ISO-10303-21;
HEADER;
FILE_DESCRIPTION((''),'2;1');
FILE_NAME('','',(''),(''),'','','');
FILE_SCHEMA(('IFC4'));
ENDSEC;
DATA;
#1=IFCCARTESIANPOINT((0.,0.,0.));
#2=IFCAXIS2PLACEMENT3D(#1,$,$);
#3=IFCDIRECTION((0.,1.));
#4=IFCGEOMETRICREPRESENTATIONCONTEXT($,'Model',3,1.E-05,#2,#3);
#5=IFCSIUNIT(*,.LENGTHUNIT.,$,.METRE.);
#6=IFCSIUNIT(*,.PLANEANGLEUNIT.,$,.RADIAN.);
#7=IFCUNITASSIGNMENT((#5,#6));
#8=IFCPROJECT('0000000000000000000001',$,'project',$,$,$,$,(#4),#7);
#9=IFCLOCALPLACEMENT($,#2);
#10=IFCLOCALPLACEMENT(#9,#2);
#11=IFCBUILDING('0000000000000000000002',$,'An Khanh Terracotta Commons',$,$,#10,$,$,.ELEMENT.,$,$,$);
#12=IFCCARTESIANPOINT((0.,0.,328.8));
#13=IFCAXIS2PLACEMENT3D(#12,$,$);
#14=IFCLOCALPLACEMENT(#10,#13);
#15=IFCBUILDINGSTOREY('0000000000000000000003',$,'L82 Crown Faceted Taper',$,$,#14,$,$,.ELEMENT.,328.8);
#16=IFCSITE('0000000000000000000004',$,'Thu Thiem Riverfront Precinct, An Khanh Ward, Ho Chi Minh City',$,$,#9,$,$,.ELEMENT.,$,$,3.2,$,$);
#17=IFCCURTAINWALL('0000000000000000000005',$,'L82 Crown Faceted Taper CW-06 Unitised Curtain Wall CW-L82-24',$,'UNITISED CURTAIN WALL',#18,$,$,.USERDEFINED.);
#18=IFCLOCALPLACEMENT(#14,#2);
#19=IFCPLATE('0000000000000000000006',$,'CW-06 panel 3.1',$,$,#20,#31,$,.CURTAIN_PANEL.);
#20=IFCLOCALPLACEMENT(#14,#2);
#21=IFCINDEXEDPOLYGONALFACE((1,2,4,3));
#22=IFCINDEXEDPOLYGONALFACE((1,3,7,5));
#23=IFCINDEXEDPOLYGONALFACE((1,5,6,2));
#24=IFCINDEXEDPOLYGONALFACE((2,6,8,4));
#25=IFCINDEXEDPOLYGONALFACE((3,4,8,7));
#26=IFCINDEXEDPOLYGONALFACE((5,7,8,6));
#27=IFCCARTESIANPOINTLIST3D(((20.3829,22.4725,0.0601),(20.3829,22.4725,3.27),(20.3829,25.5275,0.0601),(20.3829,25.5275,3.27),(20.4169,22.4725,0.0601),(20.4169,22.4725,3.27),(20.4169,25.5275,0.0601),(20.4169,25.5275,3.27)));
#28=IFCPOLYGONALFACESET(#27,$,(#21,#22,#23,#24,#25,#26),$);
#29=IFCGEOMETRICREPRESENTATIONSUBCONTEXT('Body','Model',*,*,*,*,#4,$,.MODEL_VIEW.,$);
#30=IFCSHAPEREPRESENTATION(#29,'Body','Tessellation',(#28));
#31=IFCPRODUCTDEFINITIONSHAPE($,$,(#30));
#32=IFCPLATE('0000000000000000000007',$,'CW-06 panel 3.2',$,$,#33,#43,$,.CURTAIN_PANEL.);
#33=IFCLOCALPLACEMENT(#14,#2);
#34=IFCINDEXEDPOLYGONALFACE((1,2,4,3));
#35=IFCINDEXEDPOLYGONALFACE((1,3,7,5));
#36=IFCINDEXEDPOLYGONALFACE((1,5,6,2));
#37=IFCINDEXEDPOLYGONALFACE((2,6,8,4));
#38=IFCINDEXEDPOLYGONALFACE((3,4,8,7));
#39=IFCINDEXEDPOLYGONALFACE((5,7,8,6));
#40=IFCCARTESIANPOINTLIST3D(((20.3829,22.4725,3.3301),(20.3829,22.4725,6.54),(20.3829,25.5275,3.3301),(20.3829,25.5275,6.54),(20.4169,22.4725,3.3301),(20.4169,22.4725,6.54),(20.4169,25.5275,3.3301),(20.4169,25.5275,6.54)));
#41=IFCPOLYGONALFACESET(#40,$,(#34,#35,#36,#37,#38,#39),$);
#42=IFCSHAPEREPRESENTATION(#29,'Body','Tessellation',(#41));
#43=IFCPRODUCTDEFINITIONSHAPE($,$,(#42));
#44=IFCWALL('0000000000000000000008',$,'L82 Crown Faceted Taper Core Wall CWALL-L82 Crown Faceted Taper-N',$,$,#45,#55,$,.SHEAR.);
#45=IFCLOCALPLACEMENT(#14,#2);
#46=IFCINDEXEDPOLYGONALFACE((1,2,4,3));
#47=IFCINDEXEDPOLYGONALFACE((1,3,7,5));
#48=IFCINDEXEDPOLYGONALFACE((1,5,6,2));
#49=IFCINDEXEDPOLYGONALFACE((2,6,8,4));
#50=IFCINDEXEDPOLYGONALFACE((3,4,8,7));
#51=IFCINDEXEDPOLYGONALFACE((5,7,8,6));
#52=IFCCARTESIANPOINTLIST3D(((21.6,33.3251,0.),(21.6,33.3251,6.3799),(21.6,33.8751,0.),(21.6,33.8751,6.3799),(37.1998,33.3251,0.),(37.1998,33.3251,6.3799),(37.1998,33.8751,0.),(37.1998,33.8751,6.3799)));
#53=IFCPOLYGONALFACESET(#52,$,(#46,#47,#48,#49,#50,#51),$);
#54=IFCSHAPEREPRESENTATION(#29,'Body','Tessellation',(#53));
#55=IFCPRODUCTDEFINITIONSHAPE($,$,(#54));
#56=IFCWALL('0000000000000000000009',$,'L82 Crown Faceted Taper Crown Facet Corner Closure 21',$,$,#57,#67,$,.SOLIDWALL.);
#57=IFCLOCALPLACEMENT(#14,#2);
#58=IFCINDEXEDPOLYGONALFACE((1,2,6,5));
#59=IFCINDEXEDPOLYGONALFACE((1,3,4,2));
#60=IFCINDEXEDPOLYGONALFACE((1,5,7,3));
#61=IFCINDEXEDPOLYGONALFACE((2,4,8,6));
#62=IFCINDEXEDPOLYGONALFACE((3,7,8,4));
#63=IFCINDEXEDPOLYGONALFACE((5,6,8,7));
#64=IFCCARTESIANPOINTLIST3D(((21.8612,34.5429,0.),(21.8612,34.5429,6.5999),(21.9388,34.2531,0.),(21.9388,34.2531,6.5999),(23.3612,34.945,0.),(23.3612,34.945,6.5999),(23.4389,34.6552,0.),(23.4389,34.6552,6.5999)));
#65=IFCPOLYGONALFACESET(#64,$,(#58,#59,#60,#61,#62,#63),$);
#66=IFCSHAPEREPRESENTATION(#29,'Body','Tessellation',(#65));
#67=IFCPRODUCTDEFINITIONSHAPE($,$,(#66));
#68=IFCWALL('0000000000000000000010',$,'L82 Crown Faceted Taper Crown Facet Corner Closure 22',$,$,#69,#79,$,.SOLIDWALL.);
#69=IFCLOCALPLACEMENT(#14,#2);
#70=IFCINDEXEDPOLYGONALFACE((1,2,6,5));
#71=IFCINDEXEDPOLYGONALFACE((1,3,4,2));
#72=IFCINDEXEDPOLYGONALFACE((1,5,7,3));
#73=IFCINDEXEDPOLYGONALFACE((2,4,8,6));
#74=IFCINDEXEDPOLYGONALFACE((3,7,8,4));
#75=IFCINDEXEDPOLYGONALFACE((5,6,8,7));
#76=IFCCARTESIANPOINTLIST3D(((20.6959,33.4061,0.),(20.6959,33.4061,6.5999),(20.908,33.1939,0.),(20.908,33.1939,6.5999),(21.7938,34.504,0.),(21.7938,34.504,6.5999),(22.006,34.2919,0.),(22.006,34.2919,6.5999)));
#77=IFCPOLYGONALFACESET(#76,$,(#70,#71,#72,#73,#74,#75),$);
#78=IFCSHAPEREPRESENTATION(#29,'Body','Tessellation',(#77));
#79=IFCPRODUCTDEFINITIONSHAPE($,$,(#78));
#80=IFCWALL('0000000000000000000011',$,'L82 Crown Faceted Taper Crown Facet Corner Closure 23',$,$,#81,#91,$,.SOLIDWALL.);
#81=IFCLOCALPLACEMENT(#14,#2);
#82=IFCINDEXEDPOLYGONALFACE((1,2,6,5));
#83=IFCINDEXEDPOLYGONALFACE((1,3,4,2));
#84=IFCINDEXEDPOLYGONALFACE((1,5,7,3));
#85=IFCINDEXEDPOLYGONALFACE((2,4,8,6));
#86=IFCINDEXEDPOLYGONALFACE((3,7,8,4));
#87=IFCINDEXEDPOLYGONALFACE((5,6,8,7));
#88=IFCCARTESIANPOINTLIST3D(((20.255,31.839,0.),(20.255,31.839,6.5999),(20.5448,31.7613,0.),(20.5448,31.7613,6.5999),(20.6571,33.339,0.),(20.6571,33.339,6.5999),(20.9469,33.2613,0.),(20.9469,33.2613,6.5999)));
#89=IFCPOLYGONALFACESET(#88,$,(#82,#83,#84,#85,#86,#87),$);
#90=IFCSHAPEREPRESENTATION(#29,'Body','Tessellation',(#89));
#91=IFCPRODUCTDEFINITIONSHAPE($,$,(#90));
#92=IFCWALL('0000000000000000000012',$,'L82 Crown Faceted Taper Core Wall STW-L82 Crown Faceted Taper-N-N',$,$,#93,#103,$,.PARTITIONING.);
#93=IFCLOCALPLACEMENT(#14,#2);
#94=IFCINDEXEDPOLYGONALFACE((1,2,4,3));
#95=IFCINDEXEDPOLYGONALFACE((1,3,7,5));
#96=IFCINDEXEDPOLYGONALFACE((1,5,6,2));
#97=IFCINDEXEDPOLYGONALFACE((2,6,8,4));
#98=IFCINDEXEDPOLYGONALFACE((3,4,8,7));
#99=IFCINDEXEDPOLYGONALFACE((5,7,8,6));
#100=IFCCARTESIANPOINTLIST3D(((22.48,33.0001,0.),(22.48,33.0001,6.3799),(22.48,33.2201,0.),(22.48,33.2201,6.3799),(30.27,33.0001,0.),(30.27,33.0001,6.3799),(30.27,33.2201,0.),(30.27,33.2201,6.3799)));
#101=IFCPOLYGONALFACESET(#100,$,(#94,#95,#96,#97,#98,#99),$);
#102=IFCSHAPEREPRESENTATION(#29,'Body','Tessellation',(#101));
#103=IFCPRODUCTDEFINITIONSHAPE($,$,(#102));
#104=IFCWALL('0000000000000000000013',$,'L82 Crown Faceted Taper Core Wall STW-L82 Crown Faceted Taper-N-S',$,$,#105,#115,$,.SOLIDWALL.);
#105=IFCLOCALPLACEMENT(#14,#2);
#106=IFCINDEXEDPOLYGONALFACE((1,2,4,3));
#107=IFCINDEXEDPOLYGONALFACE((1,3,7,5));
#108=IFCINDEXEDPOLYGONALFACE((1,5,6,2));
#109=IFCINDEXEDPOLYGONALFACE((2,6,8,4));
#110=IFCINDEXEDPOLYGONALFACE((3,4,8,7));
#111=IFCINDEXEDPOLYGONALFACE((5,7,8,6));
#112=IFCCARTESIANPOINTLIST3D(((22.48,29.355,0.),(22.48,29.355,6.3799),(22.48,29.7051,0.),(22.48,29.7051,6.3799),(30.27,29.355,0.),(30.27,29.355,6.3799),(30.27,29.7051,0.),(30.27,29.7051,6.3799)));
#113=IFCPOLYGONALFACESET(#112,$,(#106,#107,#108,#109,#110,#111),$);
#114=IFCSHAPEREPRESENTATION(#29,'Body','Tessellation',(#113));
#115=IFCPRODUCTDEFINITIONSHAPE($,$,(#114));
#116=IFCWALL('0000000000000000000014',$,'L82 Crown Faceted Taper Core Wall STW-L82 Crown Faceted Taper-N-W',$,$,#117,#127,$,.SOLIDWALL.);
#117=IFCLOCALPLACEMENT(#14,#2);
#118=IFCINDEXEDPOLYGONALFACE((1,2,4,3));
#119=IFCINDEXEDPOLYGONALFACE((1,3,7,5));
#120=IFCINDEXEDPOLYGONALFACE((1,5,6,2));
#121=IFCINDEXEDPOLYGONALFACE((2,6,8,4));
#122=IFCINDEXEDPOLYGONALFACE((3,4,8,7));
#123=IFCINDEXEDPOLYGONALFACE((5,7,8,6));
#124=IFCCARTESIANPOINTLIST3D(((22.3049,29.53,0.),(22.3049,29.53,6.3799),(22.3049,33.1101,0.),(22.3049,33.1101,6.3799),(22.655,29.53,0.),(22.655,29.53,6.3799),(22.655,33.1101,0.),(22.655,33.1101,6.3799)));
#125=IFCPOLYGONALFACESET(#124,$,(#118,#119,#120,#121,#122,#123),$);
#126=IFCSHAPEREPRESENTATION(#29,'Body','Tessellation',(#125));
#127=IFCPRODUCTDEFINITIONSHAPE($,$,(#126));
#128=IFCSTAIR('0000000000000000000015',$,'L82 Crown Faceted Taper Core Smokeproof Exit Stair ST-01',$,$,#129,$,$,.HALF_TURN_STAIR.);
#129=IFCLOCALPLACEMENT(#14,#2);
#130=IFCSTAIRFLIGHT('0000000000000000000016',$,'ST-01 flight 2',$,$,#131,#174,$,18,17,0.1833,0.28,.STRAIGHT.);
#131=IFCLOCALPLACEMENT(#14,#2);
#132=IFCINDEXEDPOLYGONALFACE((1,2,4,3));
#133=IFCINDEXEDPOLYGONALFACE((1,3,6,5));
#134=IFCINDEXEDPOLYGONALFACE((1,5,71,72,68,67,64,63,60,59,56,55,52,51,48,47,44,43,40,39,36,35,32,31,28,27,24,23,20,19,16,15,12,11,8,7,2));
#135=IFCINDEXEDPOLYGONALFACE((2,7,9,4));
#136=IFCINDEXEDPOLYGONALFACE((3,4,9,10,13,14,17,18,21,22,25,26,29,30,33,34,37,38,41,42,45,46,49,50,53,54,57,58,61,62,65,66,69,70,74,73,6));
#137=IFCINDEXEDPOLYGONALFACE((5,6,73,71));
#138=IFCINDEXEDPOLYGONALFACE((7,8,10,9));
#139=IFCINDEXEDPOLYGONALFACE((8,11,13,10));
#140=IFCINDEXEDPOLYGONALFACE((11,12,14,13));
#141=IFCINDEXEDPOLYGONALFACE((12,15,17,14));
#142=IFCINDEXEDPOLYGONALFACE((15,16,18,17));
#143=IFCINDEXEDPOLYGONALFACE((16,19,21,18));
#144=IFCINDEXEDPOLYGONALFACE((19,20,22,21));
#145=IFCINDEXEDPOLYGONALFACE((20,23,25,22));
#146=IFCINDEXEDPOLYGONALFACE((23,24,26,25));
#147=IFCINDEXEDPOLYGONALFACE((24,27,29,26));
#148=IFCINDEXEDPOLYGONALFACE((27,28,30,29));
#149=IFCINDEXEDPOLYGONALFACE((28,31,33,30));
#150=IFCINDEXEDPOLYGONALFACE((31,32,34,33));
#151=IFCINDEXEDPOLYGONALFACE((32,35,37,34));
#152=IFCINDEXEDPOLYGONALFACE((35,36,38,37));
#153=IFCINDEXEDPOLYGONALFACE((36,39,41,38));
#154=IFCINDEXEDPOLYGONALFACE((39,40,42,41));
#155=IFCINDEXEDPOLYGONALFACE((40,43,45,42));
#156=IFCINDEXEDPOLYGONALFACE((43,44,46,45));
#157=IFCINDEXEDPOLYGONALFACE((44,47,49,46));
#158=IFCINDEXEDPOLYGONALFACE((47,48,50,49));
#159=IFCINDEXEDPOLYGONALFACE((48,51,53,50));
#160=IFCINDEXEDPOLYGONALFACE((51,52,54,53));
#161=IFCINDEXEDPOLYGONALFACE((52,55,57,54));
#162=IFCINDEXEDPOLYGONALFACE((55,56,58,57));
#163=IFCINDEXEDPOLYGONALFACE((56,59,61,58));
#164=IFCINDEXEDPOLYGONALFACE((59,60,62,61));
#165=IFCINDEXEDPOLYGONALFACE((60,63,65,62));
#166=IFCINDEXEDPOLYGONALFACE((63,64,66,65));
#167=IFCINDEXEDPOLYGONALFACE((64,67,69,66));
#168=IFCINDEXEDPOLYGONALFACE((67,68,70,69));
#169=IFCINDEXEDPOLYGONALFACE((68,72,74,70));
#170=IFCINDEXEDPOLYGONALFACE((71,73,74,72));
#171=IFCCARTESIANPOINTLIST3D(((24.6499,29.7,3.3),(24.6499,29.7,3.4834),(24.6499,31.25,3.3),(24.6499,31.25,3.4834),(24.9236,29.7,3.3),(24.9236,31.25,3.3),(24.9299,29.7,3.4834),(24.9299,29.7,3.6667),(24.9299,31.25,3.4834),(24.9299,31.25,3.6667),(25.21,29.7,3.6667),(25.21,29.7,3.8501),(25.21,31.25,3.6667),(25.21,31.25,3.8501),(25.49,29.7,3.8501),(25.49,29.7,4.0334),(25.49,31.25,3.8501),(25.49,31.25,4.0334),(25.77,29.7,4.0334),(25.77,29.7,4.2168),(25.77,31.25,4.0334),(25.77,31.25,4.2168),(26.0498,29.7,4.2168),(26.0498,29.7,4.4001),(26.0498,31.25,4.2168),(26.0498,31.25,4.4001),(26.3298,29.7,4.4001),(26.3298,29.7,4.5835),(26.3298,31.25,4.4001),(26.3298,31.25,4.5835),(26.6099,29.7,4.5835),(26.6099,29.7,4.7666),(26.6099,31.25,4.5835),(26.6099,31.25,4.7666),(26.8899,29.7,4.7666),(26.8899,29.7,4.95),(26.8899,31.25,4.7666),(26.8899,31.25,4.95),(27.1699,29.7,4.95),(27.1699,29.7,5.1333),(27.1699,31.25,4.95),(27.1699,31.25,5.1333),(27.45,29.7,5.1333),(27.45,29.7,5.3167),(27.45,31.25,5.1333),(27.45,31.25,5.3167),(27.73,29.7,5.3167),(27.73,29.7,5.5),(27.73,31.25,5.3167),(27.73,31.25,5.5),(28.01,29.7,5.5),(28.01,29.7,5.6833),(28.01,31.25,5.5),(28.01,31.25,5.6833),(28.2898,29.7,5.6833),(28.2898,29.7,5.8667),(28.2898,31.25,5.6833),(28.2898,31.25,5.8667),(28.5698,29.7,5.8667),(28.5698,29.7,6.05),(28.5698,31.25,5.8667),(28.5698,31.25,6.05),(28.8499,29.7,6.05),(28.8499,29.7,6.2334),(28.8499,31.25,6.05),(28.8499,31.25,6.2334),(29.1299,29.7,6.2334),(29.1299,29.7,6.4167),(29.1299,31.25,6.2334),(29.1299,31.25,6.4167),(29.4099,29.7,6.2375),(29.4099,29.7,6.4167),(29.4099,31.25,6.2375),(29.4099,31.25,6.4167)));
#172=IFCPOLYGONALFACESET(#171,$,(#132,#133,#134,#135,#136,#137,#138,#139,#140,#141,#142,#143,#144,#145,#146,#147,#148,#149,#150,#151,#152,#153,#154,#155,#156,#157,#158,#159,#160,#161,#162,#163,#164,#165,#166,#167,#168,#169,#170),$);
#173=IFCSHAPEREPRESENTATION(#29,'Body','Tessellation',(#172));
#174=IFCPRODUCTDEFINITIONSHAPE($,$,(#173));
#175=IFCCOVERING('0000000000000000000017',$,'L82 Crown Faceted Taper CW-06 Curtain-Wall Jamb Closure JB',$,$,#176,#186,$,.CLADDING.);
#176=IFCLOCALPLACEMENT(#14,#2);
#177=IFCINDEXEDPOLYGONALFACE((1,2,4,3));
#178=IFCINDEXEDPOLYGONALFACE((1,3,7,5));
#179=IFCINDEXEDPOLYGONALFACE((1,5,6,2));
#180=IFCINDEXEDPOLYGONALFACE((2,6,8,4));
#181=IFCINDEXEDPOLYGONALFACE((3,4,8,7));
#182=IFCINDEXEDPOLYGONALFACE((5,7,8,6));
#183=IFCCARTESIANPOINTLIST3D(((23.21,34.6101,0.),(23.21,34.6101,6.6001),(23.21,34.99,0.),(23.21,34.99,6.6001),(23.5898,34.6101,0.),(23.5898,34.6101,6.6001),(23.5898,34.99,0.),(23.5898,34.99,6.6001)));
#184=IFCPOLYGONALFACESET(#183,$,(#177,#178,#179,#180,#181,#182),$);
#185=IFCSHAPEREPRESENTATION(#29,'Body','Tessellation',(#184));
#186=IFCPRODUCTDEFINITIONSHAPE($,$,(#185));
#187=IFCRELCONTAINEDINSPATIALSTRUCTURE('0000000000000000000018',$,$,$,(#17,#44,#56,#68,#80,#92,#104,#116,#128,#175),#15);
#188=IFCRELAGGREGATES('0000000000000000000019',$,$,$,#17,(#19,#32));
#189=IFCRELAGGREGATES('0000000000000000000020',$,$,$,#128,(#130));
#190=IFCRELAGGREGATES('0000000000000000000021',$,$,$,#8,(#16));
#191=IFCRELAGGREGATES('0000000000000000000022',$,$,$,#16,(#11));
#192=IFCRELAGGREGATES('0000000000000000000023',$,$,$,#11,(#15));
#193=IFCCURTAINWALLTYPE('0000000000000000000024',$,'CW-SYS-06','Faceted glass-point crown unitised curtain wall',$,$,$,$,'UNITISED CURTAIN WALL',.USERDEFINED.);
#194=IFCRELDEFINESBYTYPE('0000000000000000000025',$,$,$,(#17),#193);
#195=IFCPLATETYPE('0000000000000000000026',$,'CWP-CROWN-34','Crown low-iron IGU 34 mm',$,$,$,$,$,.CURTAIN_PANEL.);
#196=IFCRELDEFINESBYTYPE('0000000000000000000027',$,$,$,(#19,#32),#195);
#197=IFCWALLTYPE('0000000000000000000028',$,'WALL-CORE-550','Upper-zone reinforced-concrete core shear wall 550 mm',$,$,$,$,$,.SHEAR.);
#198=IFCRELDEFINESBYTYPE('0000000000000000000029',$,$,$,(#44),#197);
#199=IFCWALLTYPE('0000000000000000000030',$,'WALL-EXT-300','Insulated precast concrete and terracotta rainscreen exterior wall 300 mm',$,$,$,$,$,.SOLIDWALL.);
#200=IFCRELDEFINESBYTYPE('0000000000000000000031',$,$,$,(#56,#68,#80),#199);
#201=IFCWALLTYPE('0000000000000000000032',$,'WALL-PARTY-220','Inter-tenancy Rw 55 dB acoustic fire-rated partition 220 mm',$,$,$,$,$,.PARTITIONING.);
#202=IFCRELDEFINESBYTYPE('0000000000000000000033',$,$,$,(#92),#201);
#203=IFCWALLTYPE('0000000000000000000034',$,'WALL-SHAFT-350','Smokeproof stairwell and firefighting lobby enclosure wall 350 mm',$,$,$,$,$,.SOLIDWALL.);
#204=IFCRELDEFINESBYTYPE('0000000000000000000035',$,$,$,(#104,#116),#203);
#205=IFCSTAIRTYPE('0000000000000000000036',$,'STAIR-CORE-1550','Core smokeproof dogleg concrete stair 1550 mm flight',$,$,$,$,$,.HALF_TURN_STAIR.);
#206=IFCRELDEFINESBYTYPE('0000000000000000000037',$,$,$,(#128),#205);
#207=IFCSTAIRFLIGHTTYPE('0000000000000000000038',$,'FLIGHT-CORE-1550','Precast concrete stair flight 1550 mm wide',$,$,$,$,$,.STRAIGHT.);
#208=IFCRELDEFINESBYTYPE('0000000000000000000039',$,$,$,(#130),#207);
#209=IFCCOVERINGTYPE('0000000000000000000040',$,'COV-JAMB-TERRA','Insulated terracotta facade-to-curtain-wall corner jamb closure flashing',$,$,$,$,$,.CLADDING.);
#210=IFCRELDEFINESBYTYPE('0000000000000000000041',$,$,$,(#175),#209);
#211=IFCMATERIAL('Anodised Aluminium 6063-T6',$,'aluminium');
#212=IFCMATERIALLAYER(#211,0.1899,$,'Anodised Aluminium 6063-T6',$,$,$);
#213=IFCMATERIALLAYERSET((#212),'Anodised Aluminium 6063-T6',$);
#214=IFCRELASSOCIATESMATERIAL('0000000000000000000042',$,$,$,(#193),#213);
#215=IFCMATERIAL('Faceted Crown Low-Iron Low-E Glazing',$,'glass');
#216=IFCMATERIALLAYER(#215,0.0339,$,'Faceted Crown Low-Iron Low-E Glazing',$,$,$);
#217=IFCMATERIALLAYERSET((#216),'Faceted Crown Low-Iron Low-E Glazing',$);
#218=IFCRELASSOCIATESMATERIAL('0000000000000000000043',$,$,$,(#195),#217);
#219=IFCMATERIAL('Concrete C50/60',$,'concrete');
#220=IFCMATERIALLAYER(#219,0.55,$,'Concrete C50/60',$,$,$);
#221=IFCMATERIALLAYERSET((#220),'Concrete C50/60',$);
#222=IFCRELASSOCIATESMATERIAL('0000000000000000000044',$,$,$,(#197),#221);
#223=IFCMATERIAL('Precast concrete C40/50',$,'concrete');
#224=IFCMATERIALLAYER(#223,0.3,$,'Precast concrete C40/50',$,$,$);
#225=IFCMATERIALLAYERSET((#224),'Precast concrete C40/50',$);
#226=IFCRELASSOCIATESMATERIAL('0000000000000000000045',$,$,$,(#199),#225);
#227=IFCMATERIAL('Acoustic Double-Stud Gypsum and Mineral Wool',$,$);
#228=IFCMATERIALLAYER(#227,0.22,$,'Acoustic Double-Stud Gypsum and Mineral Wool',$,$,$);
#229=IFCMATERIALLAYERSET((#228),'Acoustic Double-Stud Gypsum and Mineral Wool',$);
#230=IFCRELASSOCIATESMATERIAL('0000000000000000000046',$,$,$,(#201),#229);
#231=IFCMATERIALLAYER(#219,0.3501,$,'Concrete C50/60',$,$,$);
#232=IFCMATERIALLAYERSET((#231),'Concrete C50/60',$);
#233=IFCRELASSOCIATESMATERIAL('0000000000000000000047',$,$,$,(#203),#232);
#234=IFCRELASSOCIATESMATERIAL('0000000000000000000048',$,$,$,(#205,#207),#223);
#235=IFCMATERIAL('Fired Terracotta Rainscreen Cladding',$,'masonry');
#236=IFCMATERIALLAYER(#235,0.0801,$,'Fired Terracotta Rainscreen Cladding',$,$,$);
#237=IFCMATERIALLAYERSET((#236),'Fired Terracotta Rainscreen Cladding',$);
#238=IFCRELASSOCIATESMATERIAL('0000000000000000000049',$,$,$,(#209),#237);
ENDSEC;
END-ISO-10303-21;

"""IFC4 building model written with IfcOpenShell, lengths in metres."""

from ifc_helpers import new_model, si_unit, direction, frame, frame_2d, origin, origin_2d, place, context, subcontext, project, spatial, polyline, rectangle, outline, extrude, material, layer, layer_set, type_object, element, aggregate, save


model = new_model("IFC4")

# Units and contexts
model_context = context("Model", 3, precision=1e-05, world=origin(), true_north=direction((0.0, 1.0)))
body_context = subcontext(model_context, "Body", "Model", "MODEL_VIEW")
ifc_project = project(units=[si_unit("LENGTHUNIT", "METRE"), si_unit("PLANEANGLEUNIT", "RADIAN")], contexts=[model_context])

# Site, building, storey
site_placement = place(None, origin())
site = spatial("IfcSite", under=ifc_project, at=site_placement, Name="Thu Thiem Riverfront Precinct, An Khanh Ward, Ho Chi Minh City", CompositionType="ELEMENT", RefElevation=3.2)
building_placement = place(site_placement, origin())
building = spatial("IfcBuilding", under=site, at=building_placement, Name="An Khanh Terracotta Commons", CompositionType="ELEMENT")
storey_placement = place(building_placement, frame((0.0, 0.0, 328.8)))
storey = spatial("IfcBuildingStorey", under=building, at=storey_placement, Name="L82 Crown Faceted Taper", CompositionType="ELEMENT", Elevation=328.8)

# Shared definitions
ifc_material_1 = material(Name="Concrete C50/60", Category="concrete")

# Shared definitions
ifc_material_2 = material(Name="Anodised Aluminium 6063-T6", Category="aluminium")
ifc_layer_1 = layer(ifc_material_2, 0.1899, Name="Anodised Aluminium 6063-T6")
ifc_layer_set_1 = layer_set([ifc_layer_1], Name="Anodised Aluminium 6063-T6")
curtain_wall_type = type_object("IfcCurtainWallType", Name="CW-SYS-06", Description="Faceted glass-point crown unitised curtain wall", ElementType="UNITISED CURTAIN WALL", PredefinedType="USERDEFINED", material=ifc_layer_set_1)

# Curtain wall, plates
curtain_wall_1_placement = place(storey_placement, origin())
curtain_wall_1 = element("IfcCurtainWall", 1, at=curtain_wall_1_placement, inside=storey, type_object=curtain_wall_type, Name="L82 Crown Faceted Taper CW-06 Unitised Curtain Wall CW-L82-24", ObjectType="UNITISED CURTAIN WALL", PredefinedType="USERDEFINED")
ifc_material_3 = material(Name="Faceted Crown Low-Iron Low-E Glazing", Category="glass")
ifc_layer_2 = layer(ifc_material_3, 0.0339, Name="Faceted Crown Low-Iron Low-E Glazing")
ifc_layer_set_2 = layer_set([ifc_layer_2], Name="Faceted Crown Low-Iron Low-E Glazing")
plate_type = type_object("IfcPlateType", Name="CWP-CROWN-34", Description="Crown low-iron IGU 34 mm", PredefinedType="CURTAIN_PANEL", material=ifc_layer_set_2)
plate_1_placement = place(storey_placement, frame((20.3999, 24.0, 0.0601), z_axis=(0.0, 0.0, 1.0), x_axis=(0.0, -1.0, 0.0)))
plate_1 = element("IfcPlate", 2, at=plate_1_placement, type_object=plate_type, Name="CW-06 panel 3.1", PredefinedType="CURTAIN_PANEL", context=body_context, shape_type="SweptSolid", body=[
    extrude(rectangle(XDim=3.0549, YDim=0.0339, at=origin_2d()), origin(), (0.0, 0.0, 1.0), 3.21),
])
plate_2_placement = place(storey_placement, frame((20.3999, 24.0, 3.3301), z_axis=(0.0, 0.0, 1.0), x_axis=(0.0, -1.0, 0.0)))
plate_2 = element("IfcPlate", 3, at=plate_2_placement, type_object=plate_type, Name="CW-06 panel 3.2", PredefinedType="CURTAIN_PANEL", context=body_context, shape_type="SweptSolid", body=[
    extrude(rectangle(XDim=3.0549, YDim=0.0339, at=origin_2d()), origin(), (0.0, 0.0, 1.0), 3.21),
])
aggregate(curtain_wall_1, [plate_1, plate_2])

# Walls
ifc_layer_3 = layer(ifc_material_1, 0.55, Name="Concrete C50/60")
ifc_layer_set_3 = layer_set([ifc_layer_3], Name="Concrete C50/60")
wall_type_1 = type_object("IfcWallType", Name="WALL-CORE-550", Description="Upper-zone reinforced-concrete core shear wall 550 mm", PredefinedType="SHEAR", material=ifc_layer_set_3)
wall_1_placement = place(storey_placement, frame((21.6001, 33.6001, 0.0), z_axis=(0.0, 0.0, 1.0), x_axis=(1.0, 0.0, 0.0)))
element("IfcWall", 4, at=wall_1_placement, inside=storey, type_object=wall_type_1, Name="L82 Crown Faceted Taper Core Wall CWALL-L82 Crown Faceted Taper-N", PredefinedType="SHEAR", context=body_context, shape_type="SweptSolid", body=[
    extrude(rectangle(XDim=15.5999, YDim=0.55, at=frame_2d((7.7998, 0.0))), origin(), (0.0, 0.0, 1.0), 6.3799),
])
ifc_material_4 = material(Name="Precast concrete C40/50", Category="concrete")
ifc_layer_4 = layer(ifc_material_4, 0.3, Name="Precast concrete C40/50")
ifc_layer_set_4 = layer_set([ifc_layer_4], Name="Precast concrete C40/50")
wall_type_2 = type_object("IfcWallType", Name="WALL-EXT-300", Description="Insulated precast concrete and terracotta rainscreen exterior wall 300 mm", PredefinedType="SOLIDWALL", material=ifc_layer_set_4)
wall_2_placement = place(storey_placement, frame((23.3999, 34.8, 0.0), z_axis=(0.0, 0.0, 1.0), x_axis=(-0.965898, -0.258925, 0.0)))
element("IfcWall", 5, at=wall_2_placement, inside=storey, type_object=wall_type_2, Name="L82 Crown Faceted Taper Crown Facet Corner Closure 21", PredefinedType="SOLIDWALL", context=body_context, shape_type="SweptSolid", body=[
    extrude(rectangle(XDim=1.553, YDim=0.3, at=frame_2d((0.7764, 0.0))), origin(), (0.0, 0.0, 1.0), 6.5999),
])
wall_3_placement = place(storey_placement, frame((21.8999, 34.3979, 0.0), z_axis=(0.0, 0.0, 1.0), x_axis=(-0.707107, -0.707107, 0.0)))
element("IfcWall", 6, at=wall_3_placement, inside=storey, type_object=wall_type_2, Name="L82 Crown Faceted Taper Crown Facet Corner Closure 22", PredefinedType="SOLIDWALL", context=body_context, shape_type="SweptSolid", body=[
    extrude(rectangle(XDim=1.5527, YDim=0.3, at=frame_2d((0.7764, 0.0))), origin(), (0.0, 0.0, 1.0), 6.5999),
])
wall_4_placement = place(storey_placement, frame((20.802, 33.3, 0.0), z_axis=(0.0, 0.0, 1.0), x_axis=(-0.258925, -0.965898, 0.0)))
element("IfcWall", 7, at=wall_4_placement, inside=storey, type_object=wall_type_2, Name="L82 Crown Faceted Taper Crown Facet Corner Closure 23", PredefinedType="SOLIDWALL", context=body_context, shape_type="SweptSolid", body=[
    extrude(rectangle(XDim=1.553, YDim=0.3, at=frame_2d((0.7764, 0.0))), origin(), (0.0, 0.0, 1.0), 6.5999),
])
ifc_material_5 = material(Name="Acoustic Double-Stud Gypsum and Mineral Wool")
ifc_layer_5 = layer(ifc_material_5, 0.22, Name="Acoustic Double-Stud Gypsum and Mineral Wool")
ifc_layer_set_5 = layer_set([ifc_layer_5], Name="Acoustic Double-Stud Gypsum and Mineral Wool")
wall_type_3 = type_object("IfcWallType", Name="WALL-PARTY-220", Description="Inter-tenancy Rw 55 dB acoustic fire-rated partition 220 mm", PredefinedType="PARTITIONING", material=ifc_layer_set_5)
wall_5_placement = place(storey_placement, frame((22.48, 33.1101, 0.0), z_axis=(0.0, 0.0, 1.0), x_axis=(1.0, 0.0, 0.0)))
element("IfcWall", 8, at=wall_5_placement, inside=storey, type_object=wall_type_3, Name="L82 Crown Faceted Taper Core Wall STW-L82 Crown Faceted Taper-N-N", PredefinedType="PARTITIONING", context=body_context, shape_type="SweptSolid", body=[
    extrude(rectangle(XDim=7.79, YDim=0.22, at=frame_2d((3.895, 0.0))), origin(), (0.0, 0.0, 1.0), 6.3799),
])
ifc_layer_6 = layer(ifc_material_1, 0.3501, Name="Concrete C50/60")
ifc_layer_set_6 = layer_set([ifc_layer_6], Name="Concrete C50/60")
wall_type_4 = type_object("IfcWallType", Name="WALL-SHAFT-350", Description="Smokeproof stairwell and firefighting lobby enclosure wall 350 mm", PredefinedType="SOLIDWALL", material=ifc_layer_set_6)
wall_6_placement = place(storey_placement, frame((22.48, 29.53, 0.0), z_axis=(0.0, 0.0, 1.0), x_axis=(1.0, 0.0, 0.0)))
element("IfcWall", 9, at=wall_6_placement, inside=storey, type_object=wall_type_4, Name="L82 Crown Faceted Taper Core Wall STW-L82 Crown Faceted Taper-N-S", PredefinedType="SOLIDWALL", context=body_context, shape_type="SweptSolid", body=[
    extrude(rectangle(XDim=7.79, YDim=0.3501, at=frame_2d((3.895, 0.0))), origin(), (0.0, 0.0, 1.0), 6.3799),
])
wall_7_placement = place(storey_placement, frame((22.48, 29.53, 0.0), z_axis=(0.0, 0.0, 1.0), x_axis=(0.0, 1.0, 0.0)))
element("IfcWall", 10, at=wall_7_placement, inside=storey, type_object=wall_type_4, Name="L82 Crown Faceted Taper Core Wall STW-L82 Crown Faceted Taper-N-W", PredefinedType="SOLIDWALL", context=body_context, shape_type="SweptSolid", body=[
    extrude(rectangle(XDim=3.5801, YDim=0.3501, at=frame_2d((1.79, 0.0))), origin(), (0.0, 0.0, 1.0), 6.3799),
])

# Stair, stair flight
stair_type = type_object("IfcStairType", Name="STAIR-CORE-1550", Description="Core smokeproof dogleg concrete stair 1550 mm flight", PredefinedType="HALF_TURN_STAIR", material=ifc_material_4)
stair_placement = place(storey_placement, origin())
stair = element("IfcStair", 11, at=stair_placement, inside=storey, type_object=stair_type, Name="L82 Crown Faceted Taper Core Smokeproof Exit Stair ST-01", PredefinedType="HALF_TURN_STAIR")
stair_flight_type = type_object("IfcStairFlightType", Name="FLIGHT-CORE-1550", Description="Precast concrete stair flight 1550 mm wide", PredefinedType="STRAIGHT", material=ifc_material_4)
stair_flight_placement = place(storey_placement, frame((24.6499, 30.4751, 3.3), z_axis=(0.0, 0.0, 1.0), x_axis=(1.0, 0.0, 0.0)))
stair_flight = element("IfcStairFlight", 12, at=stair_flight_placement, type_object=stair_flight_type, Name="ST-01 flight 2", NumberOfRisers=18, NumberOfTreads=17, PredefinedType="STRAIGHT", RiserHeight=0.1833, TreadLength=0.28, context=body_context, shape_type="SweptSolid", body=[
    extrude(outline(polyline([(0.0, 0.0), (0.0, 0.1833), (0.28, 0.1833), (0.28, 0.3667), (0.5601, 0.3667), (0.5601, 0.55), (0.8401, 0.55), (0.8401, 0.7334), (1.1201, 0.7334), (1.1201, 0.9167), (1.3999, 0.9167), (1.3999, 1.1001), (1.6799, 1.1001), (1.6799, 1.2834), (1.96, 1.2834), (1.96, 1.4666), (2.24, 1.4666), (2.24, 1.6499), (2.52, 1.6499), (2.52, 1.8333), (2.8, 1.8333), (2.8, 2.0166), (3.0801, 2.0166), (3.0801, 2.2), (3.3601, 2.2), (3.3601, 2.3833), (3.6399, 2.3833), (3.6399, 2.5667), (3.9199, 2.5667), (3.9199, 2.75), (4.2, 2.75), (4.2, 2.9333), (4.48, 2.9333), (4.48, 3.1167), (4.76, 3.1167), (4.76, 3.3), (4.76, 2.9375), (0.2737, 0.0), (0.0, 0.0)])), frame((0.0, 0.7749, 0.0), z_axis=(0.0, -1.0, 0.0), x_axis=(1.0, 0.0, 0.0)), (0.0, 0.0, 1.0), 1.55),
])
aggregate(stair, [stair_flight])

# Covering
ifc_material_6 = material(Name="Fired Terracotta Rainscreen Cladding", Category="masonry")
ifc_layer_7 = layer(ifc_material_6, 0.0801, Name="Fired Terracotta Rainscreen Cladding")
ifc_layer_set_7 = layer_set([ifc_layer_7], Name="Fired Terracotta Rainscreen Cladding")
covering_type = type_object("IfcCoveringType", Name="COV-JAMB-TERRA", Description="Insulated terracotta facade-to-curtain-wall corner jamb closure flashing", PredefinedType="CLADDING", material=ifc_layer_set_7)
for number, where, z_axis, x_axis, name in (
    (13, (23.3999, 34.8, 0.0), (0.0, 0.0, 1.0), (1.0, 0.0, 0.0), "L82 Crown Faceted Taper CW-06 Curtain-Wall Jamb Closure JB"),
):
    element("IfcCovering", number, at=place(storey_placement, frame(where, z_axis=z_axis, x_axis=x_axis)), inside=storey, type_object=covering_type, Name=name, PredefinedType="CLADDING", context=body_context, shape_type="SweptSolid", body=[
        extrude(rectangle(XDim=0.3799, YDim=0.3799, at=origin_2d()), origin(), (0.0, 0.0, 1.0), 6.6001),
    ])

save(model, "model.ifc")
